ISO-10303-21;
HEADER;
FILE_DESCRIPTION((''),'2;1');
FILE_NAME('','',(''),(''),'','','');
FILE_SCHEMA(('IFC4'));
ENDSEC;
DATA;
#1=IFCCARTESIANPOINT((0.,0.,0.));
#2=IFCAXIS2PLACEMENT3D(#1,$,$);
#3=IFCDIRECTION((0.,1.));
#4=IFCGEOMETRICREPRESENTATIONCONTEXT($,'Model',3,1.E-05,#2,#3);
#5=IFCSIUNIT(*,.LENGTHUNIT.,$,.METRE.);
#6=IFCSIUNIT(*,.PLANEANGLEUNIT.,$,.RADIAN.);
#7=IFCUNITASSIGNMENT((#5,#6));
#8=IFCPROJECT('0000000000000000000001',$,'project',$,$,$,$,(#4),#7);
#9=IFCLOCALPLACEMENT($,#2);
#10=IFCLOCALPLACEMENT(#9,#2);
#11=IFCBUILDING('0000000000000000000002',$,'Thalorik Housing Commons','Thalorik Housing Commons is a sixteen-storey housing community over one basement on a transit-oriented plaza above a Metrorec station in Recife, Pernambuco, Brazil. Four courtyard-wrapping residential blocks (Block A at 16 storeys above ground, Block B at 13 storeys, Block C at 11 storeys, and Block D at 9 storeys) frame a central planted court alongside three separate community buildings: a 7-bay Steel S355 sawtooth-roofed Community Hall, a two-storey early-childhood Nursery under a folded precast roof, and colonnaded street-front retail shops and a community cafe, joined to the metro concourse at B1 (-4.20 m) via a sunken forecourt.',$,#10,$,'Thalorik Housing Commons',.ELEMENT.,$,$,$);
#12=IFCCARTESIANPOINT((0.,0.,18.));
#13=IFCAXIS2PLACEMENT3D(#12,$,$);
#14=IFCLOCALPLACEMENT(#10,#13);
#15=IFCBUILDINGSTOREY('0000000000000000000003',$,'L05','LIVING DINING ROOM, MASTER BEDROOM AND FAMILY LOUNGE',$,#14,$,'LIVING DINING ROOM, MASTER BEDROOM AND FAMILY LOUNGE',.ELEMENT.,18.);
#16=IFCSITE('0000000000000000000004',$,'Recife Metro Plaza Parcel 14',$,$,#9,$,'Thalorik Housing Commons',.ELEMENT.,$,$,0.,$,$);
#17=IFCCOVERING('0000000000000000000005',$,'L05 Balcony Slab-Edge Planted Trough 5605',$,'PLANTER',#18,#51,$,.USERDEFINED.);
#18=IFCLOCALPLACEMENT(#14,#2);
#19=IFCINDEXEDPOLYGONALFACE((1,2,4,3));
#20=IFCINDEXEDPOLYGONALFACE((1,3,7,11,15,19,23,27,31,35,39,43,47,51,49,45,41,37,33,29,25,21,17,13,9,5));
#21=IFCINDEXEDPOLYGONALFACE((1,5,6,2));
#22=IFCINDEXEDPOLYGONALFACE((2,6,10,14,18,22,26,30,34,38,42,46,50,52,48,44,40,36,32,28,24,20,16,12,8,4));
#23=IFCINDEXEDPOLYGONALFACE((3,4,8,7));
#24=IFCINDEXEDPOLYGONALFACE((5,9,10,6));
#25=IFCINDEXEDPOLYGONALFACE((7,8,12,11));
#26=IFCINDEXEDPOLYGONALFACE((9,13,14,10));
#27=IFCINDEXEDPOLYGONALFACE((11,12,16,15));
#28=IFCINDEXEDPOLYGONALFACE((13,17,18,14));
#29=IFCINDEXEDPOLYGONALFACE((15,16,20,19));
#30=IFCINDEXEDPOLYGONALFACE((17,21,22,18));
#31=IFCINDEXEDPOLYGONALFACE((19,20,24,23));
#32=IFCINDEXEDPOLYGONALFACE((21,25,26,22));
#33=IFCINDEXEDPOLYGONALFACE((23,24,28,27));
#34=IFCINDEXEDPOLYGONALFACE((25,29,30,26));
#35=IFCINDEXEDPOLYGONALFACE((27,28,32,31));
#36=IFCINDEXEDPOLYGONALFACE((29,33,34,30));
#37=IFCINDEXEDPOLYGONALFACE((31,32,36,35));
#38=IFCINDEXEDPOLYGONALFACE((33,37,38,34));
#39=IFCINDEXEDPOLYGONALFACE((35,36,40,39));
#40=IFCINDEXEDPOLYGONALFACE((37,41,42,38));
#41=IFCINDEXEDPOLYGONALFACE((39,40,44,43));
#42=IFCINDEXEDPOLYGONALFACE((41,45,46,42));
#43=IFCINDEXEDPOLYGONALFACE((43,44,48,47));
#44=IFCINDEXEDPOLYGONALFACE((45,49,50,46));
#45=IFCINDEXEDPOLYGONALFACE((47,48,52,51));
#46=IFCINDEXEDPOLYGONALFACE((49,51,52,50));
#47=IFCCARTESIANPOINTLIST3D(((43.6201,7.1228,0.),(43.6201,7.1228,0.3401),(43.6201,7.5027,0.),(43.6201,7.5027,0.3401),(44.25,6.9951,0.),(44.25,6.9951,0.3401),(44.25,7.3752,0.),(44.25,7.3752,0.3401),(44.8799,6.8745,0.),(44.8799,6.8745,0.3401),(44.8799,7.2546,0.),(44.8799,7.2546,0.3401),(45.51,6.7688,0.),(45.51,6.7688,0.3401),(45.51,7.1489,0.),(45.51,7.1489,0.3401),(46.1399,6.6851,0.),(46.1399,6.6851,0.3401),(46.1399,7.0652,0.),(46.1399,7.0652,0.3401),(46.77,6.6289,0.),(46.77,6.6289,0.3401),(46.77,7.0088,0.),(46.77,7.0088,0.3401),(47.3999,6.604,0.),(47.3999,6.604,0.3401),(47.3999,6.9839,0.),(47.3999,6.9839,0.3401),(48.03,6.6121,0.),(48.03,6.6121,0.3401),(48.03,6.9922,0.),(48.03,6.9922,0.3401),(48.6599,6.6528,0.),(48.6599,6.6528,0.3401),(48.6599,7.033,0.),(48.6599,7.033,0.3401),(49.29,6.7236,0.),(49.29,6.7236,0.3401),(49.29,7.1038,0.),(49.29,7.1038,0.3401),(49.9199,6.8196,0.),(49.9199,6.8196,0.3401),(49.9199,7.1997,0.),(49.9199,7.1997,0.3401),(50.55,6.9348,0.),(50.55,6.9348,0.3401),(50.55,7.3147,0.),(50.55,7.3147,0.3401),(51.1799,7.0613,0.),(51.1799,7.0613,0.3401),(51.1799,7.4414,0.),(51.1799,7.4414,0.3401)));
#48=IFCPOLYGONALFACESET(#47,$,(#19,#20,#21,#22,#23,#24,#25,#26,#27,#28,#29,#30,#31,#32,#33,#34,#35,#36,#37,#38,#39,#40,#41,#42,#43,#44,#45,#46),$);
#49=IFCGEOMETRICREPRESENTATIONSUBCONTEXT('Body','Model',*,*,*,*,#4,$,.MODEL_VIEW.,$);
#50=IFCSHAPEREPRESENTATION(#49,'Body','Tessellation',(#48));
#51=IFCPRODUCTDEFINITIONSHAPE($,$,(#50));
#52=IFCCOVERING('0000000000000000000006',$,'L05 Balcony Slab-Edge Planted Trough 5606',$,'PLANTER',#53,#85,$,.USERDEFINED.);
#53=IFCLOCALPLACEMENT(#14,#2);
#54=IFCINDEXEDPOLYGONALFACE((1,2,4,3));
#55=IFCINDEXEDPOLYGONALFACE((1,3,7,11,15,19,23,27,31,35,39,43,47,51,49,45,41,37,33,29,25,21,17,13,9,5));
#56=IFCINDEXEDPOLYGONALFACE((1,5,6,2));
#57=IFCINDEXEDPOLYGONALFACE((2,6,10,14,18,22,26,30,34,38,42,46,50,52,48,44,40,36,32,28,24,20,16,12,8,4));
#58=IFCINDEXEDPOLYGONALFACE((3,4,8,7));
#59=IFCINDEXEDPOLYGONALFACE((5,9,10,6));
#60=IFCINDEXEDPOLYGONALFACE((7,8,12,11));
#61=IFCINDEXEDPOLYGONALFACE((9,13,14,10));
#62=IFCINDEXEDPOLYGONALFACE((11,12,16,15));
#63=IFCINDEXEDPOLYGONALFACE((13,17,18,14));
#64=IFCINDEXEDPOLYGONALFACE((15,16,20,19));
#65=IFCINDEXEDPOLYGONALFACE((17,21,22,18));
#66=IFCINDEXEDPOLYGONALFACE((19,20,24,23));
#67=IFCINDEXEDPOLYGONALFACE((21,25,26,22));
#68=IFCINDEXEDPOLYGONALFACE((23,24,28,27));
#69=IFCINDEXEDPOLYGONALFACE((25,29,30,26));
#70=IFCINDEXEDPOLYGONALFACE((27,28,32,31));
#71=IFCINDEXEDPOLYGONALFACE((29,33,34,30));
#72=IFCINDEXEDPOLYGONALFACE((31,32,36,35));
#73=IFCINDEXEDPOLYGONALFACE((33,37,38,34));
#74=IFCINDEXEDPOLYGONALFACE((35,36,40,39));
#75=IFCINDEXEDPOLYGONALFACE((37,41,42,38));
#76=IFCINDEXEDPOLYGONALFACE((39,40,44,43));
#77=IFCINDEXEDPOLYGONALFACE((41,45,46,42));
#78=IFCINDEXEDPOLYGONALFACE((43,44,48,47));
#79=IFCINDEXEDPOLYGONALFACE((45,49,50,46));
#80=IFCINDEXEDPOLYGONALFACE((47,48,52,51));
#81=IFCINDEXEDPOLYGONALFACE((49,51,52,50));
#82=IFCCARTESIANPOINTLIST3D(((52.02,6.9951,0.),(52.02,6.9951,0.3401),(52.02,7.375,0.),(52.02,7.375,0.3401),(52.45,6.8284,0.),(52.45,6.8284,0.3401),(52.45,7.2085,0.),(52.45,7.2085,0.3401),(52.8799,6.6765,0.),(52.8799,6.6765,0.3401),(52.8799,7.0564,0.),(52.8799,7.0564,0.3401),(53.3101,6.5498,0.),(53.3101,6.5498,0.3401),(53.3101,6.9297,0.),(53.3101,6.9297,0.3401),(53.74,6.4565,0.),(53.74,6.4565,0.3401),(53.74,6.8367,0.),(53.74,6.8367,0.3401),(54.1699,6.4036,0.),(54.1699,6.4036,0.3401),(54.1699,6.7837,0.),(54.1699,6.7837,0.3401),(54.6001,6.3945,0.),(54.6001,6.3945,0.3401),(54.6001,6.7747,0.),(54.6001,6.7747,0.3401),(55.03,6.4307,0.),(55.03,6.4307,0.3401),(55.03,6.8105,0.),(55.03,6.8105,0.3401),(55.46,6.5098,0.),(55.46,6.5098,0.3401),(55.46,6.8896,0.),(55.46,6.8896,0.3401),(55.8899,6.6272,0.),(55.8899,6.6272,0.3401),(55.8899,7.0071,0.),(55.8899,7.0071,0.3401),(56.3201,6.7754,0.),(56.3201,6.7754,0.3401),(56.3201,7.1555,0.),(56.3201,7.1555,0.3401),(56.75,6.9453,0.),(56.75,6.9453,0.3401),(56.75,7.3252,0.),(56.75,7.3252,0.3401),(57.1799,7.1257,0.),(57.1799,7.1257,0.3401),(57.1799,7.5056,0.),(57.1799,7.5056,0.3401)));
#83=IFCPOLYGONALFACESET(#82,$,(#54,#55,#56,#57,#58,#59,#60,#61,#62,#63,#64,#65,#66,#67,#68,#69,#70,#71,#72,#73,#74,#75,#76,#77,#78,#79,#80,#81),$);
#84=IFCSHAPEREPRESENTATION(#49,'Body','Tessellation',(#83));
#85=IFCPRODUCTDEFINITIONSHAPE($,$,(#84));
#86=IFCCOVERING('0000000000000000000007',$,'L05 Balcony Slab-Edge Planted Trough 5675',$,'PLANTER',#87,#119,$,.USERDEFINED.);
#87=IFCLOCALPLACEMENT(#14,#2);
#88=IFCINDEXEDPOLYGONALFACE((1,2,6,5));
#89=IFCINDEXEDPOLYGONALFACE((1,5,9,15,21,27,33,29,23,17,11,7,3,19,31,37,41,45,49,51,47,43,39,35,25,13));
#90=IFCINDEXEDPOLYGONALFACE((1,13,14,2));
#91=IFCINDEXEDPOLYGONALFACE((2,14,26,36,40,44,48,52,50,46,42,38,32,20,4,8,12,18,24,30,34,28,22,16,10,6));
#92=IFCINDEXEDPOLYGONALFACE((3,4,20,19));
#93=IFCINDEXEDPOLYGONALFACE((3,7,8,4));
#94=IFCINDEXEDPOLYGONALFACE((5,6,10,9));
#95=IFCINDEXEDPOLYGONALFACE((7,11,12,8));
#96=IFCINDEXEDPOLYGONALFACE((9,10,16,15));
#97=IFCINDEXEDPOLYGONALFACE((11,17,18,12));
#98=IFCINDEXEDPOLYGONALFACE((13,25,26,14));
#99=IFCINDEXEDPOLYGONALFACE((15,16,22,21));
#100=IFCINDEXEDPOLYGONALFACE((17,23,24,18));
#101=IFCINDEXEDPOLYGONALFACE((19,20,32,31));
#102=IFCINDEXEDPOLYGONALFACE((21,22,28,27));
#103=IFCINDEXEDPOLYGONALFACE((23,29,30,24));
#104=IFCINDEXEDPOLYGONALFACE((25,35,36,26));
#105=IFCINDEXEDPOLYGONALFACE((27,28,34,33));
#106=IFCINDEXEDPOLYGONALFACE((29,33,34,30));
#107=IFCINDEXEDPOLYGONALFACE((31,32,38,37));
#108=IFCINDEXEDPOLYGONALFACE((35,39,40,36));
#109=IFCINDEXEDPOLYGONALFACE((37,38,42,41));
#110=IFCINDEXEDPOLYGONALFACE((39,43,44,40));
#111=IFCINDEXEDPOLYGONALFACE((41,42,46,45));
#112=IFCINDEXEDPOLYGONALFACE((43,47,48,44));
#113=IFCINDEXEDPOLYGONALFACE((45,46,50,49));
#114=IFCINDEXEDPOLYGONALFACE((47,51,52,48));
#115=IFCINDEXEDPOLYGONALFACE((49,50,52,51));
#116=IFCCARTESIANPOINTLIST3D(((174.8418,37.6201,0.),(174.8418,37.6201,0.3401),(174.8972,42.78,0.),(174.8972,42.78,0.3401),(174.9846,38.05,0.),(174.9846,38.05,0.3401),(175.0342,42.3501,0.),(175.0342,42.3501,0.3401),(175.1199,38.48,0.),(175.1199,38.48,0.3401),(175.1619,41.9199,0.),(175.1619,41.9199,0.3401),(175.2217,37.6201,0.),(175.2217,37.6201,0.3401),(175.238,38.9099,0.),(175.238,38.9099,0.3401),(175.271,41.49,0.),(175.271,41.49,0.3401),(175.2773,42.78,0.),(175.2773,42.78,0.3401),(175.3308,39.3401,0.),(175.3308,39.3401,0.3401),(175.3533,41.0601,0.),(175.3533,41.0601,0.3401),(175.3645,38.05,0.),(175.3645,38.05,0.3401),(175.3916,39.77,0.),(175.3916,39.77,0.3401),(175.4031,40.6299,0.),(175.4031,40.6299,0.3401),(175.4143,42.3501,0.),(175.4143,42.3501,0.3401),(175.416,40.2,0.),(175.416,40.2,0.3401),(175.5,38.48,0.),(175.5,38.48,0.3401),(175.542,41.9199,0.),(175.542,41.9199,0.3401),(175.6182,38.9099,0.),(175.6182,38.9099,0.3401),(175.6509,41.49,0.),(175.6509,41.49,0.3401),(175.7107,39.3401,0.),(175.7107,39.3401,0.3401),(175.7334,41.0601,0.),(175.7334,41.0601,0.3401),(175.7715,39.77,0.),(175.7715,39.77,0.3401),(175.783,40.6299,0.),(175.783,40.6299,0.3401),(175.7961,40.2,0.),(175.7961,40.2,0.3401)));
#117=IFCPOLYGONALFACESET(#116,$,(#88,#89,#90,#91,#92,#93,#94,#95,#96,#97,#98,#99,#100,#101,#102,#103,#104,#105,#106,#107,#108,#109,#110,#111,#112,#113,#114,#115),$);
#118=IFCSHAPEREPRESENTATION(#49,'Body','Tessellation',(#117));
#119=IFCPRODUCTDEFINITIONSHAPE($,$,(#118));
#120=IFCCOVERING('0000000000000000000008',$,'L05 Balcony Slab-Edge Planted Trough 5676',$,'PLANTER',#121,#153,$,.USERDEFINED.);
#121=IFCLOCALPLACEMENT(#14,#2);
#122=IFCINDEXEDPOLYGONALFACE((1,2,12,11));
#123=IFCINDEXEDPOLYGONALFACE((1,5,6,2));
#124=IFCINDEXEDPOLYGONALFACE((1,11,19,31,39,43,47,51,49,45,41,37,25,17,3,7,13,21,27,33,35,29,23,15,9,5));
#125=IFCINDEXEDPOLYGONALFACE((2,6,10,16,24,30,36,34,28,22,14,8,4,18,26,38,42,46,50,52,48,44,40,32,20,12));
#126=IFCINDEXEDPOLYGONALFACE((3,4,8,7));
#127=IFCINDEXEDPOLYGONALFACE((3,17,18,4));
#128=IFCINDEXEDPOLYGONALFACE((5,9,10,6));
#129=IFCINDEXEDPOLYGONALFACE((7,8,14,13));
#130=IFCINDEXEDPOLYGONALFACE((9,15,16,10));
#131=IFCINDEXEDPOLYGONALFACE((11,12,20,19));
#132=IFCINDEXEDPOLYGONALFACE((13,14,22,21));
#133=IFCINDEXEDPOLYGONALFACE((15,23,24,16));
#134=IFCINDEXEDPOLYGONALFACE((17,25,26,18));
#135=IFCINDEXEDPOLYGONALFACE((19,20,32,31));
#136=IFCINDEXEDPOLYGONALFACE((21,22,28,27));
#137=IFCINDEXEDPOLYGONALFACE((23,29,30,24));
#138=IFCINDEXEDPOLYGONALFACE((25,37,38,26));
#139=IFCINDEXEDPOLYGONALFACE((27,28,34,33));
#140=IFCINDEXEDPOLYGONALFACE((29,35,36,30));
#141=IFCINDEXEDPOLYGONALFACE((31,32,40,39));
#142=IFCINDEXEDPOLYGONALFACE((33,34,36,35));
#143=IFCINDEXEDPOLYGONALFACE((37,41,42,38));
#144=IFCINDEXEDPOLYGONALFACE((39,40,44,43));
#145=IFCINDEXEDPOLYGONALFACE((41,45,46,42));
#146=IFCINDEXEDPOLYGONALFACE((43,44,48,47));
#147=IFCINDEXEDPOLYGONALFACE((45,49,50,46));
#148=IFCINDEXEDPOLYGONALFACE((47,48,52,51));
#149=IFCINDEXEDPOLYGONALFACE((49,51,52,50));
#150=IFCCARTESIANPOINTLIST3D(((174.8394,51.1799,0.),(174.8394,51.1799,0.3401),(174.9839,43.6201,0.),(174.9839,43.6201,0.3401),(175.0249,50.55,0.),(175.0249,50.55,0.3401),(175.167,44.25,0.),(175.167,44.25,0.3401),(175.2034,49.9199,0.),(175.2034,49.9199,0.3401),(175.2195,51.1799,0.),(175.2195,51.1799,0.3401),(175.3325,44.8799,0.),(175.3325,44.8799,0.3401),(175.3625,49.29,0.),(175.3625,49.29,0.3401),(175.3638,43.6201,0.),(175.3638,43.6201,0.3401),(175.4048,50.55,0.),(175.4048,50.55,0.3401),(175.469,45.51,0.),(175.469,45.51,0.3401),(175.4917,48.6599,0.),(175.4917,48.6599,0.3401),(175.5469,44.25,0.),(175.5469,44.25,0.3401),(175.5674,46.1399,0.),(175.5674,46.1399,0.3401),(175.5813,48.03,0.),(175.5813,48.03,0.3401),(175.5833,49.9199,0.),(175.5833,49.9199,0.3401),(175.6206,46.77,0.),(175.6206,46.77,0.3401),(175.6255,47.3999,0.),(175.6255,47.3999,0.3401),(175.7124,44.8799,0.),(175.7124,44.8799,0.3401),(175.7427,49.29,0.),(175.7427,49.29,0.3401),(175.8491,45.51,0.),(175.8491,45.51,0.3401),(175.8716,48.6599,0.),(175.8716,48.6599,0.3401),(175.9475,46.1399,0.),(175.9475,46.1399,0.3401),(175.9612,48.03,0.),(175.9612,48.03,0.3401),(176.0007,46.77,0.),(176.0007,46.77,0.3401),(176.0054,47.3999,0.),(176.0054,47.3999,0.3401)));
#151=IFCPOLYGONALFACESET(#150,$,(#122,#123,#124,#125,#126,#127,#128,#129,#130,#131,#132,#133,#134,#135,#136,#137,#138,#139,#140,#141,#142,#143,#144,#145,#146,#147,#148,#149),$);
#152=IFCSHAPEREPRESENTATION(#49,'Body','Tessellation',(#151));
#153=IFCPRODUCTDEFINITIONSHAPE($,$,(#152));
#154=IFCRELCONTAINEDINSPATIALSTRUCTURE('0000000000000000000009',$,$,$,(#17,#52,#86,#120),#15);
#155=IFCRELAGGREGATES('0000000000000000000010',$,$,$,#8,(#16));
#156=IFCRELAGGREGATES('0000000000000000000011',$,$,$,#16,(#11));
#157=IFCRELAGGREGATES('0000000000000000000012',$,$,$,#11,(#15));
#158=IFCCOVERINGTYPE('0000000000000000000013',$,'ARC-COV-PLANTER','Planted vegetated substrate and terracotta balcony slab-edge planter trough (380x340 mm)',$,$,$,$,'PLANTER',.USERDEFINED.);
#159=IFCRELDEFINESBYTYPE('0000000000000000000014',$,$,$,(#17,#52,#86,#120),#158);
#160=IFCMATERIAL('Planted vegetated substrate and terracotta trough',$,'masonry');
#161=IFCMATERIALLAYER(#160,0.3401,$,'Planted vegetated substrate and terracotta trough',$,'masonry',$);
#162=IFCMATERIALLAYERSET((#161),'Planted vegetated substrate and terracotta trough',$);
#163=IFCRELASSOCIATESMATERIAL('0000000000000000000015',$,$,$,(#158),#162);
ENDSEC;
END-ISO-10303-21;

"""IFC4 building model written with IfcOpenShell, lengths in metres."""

from ifc_helpers import new_model, si_unit, direction, frame, origin, place, context, subcontext, project, spatial, polyline, outline, extrude, material, layer, layer_set, type_object, element, save


model = new_model("IFC4")

# Units and contexts
model_context = context("Model", 3, precision=1e-05, world=origin(), true_north=direction((0.0, 1.0)))
body_context = subcontext(model_context, "Body", "Model", "MODEL_VIEW")
ifc_project = project(units=[si_unit("LENGTHUNIT", "METRE"), si_unit("PLANEANGLEUNIT", "RADIAN")], contexts=[model_context])

# Site, building, storey
site_placement = place(None, origin())
site = spatial("IfcSite", under=ifc_project, at=site_placement, Name="Recife Metro Plaza Parcel 14", LongName="Thalorik Housing Commons", CompositionType="ELEMENT", RefElevation=0.0)
building_placement = place(site_placement, origin())
building = spatial("IfcBuilding", under=site, at=building_placement, Name="Thalorik Housing Commons", Description="Thalorik Housing Commons is a sixteen-storey housing community over one basement on a transit-oriented plaza above a Metrorec station in Recife, Pernambuco, Brazil. Four courtyard-wrapping residential blocks (Block A at 16 storeys above ground, Block B at 13 storeys, Block C at 11 storeys, and Block D at 9 storeys) frame a central planted court alongside three separate community buildings: a 7-bay Steel S355 sawtooth-roofed Community Hall, a two-storey early-childhood Nursery under a folded precast roof, and colonnaded street-front retail shops and a community cafe, joined to the metro concourse at B1 (-4.20 m) via a sunken forecourt.", LongName="Thalorik Housing Commons", CompositionType="ELEMENT")
storey_placement = place(building_placement, frame((0.0, 0.0, 18.0)))
storey = spatial("IfcBuildingStorey", under=building, at=storey_placement, Name="L05", Description="LIVING DINING ROOM, MASTER BEDROOM AND FAMILY LOUNGE", LongName="LIVING DINING ROOM, MASTER BEDROOM AND FAMILY LOUNGE", CompositionType="ELEMENT", Elevation=18.0)

# Coverings
ifc_material_1 = material(Name="Planted vegetated substrate and terracotta trough", Category="masonry")
ifc_layer_1 = layer(ifc_material_1, 0.3401, Name="Planted vegetated substrate and terracotta trough", Category="masonry")
ifc_layer_set_1 = layer_set([ifc_layer_1], Name="Planted vegetated substrate and terracotta trough")
covering_type = type_object("IfcCoveringType", Name="ARC-COV-PLANTER", Description="Planted vegetated substrate and terracotta balcony slab-edge planter trough (380x340 mm)", ElementType="PLANTER", PredefinedType="USERDEFINED", material=ifc_layer_set_1)
covering_1_placement = place(storey_placement, origin())
element("IfcCovering", 1, at=covering_1_placement, inside=storey, type_object=covering_type, Name="L05 Balcony Slab-Edge Planted Trough 5605", ObjectType="PLANTER", PredefinedType="USERDEFINED", context=body_context, shape_type="SweptSolid", body=[
    extrude(outline(polyline([(43.6201, 7.1228), (44.25, 6.9951), (44.8799, 6.8745), (45.51, 6.7688), (46.1399, 6.6851), (46.77, 6.6289), (47.3999, 6.604), (48.03, 6.6121), (48.6599, 6.6528), (49.29, 6.7236), (49.9199, 6.8196), (50.55, 6.9348), (51.1799, 7.0613), (51.1799, 7.4414), (50.55, 7.3147), (49.9199, 7.1997), (49.29, 7.1038), (48.6599, 7.033), (48.03, 6.9922), (47.3999, 6.9839), (46.77, 7.0088), (46.1399, 7.0652), (45.51, 7.1489), (44.8799, 7.2546), (44.25, 7.3752), (43.6201, 7.5027), (43.6201, 7.1228)])), origin(), (0.0, 0.0, 1.0), 0.3401),
])
covering_2_placement = place(storey_placement, origin())
element("IfcCovering", 2, at=covering_2_placement, inside=storey, type_object=covering_type, Name="L05 Balcony Slab-Edge Planted Trough 5606", ObjectType="PLANTER", PredefinedType="USERDEFINED", context=body_context, shape_type="SweptSolid", body=[
    extrude(outline(polyline([(52.02, 6.9951), (52.45, 6.8284), (52.8799, 6.6765), (53.3101, 6.5498), (53.74, 6.4565), (54.1699, 6.4036), (54.6001, 6.3945), (55.03, 6.4307), (55.46, 6.5098), (55.8899, 6.6272), (56.3201, 6.7754), (56.75, 6.9453), (57.1799, 7.1257), (57.1799, 7.5056), (56.75, 7.3252), (56.3201, 7.1555), (55.8899, 7.0071), (55.46, 6.8896), (55.03, 6.8105), (54.6001, 6.7747), (54.1699, 6.7837), (53.74, 6.8367), (53.3101, 6.9297), (52.8799, 7.0564), (52.45, 7.2085), (52.02, 7.375), (52.02, 6.9951)])), origin(), (0.0, 0.0, 1.0), 0.3401),
])
covering_3_placement = place(storey_placement, origin())
element("IfcCovering", 3, at=covering_3_placement, inside=storey, type_object=covering_type, Name="L05 Balcony Slab-Edge Planted Trough 5675", ObjectType="PLANTER", PredefinedType="USERDEFINED", context=body_context, shape_type="SweptSolid", body=[
    extrude(outline(polyline([(175.2217, 37.6201), (175.3645, 38.05), (175.5, 38.48), (175.6182, 38.9099), (175.7107, 39.3401), (175.7715, 39.77), (175.7961, 40.2), (175.783, 40.6299), (175.7334, 41.0601), (175.6509, 41.49), (175.542, 41.9199), (175.4143, 42.3501), (175.2773, 42.78), (174.8972, 42.78), (175.0342, 42.3501), (175.1619, 41.9199), (175.271, 41.49), (175.3533, 41.0601), (175.4031, 40.6299), (175.416, 40.2), (175.3916, 39.77), (175.3308, 39.3401), (175.238, 38.9099), (175.1199, 38.48), (174.9846, 38.05), (174.8418, 37.6201), (175.2217, 37.6201)])), origin(), (0.0, 0.0, 1.0), 0.3401),
])
covering_4_placement = place(storey_placement, origin())
element("IfcCovering", 4, at=covering_4_placement, inside=storey, type_object=covering_type, Name="L05 Balcony Slab-Edge Planted Trough 5676", ObjectType="PLANTER", PredefinedType="USERDEFINED", context=body_context, shape_type="SweptSolid", body=[
    extrude(outline(polyline([(175.3638, 43.6201), (175.5469, 44.25), (175.7124, 44.8799), (175.8491, 45.51), (175.9475, 46.1399), (176.0007, 46.77), (176.0054, 47.3999), (175.9612, 48.03), (175.8716, 48.6599), (175.7427, 49.29), (175.5833, 49.9199), (175.4048, 50.55), (175.2195, 51.1799), (174.8394, 51.1799), (175.0249, 50.55), (175.2034, 49.9199), (175.3625, 49.29), (175.4917, 48.6599), (175.5813, 48.03), (175.6255, 47.3999), (175.6206, 46.77), (175.5674, 46.1399), (175.469, 45.51), (175.3325, 44.8799), (175.167, 44.25), (174.9839, 43.6201), (175.3638, 43.6201)])), origin(), (0.0, 0.0, 1.0), 0.3401),
])

save(model, "model.ifc")
